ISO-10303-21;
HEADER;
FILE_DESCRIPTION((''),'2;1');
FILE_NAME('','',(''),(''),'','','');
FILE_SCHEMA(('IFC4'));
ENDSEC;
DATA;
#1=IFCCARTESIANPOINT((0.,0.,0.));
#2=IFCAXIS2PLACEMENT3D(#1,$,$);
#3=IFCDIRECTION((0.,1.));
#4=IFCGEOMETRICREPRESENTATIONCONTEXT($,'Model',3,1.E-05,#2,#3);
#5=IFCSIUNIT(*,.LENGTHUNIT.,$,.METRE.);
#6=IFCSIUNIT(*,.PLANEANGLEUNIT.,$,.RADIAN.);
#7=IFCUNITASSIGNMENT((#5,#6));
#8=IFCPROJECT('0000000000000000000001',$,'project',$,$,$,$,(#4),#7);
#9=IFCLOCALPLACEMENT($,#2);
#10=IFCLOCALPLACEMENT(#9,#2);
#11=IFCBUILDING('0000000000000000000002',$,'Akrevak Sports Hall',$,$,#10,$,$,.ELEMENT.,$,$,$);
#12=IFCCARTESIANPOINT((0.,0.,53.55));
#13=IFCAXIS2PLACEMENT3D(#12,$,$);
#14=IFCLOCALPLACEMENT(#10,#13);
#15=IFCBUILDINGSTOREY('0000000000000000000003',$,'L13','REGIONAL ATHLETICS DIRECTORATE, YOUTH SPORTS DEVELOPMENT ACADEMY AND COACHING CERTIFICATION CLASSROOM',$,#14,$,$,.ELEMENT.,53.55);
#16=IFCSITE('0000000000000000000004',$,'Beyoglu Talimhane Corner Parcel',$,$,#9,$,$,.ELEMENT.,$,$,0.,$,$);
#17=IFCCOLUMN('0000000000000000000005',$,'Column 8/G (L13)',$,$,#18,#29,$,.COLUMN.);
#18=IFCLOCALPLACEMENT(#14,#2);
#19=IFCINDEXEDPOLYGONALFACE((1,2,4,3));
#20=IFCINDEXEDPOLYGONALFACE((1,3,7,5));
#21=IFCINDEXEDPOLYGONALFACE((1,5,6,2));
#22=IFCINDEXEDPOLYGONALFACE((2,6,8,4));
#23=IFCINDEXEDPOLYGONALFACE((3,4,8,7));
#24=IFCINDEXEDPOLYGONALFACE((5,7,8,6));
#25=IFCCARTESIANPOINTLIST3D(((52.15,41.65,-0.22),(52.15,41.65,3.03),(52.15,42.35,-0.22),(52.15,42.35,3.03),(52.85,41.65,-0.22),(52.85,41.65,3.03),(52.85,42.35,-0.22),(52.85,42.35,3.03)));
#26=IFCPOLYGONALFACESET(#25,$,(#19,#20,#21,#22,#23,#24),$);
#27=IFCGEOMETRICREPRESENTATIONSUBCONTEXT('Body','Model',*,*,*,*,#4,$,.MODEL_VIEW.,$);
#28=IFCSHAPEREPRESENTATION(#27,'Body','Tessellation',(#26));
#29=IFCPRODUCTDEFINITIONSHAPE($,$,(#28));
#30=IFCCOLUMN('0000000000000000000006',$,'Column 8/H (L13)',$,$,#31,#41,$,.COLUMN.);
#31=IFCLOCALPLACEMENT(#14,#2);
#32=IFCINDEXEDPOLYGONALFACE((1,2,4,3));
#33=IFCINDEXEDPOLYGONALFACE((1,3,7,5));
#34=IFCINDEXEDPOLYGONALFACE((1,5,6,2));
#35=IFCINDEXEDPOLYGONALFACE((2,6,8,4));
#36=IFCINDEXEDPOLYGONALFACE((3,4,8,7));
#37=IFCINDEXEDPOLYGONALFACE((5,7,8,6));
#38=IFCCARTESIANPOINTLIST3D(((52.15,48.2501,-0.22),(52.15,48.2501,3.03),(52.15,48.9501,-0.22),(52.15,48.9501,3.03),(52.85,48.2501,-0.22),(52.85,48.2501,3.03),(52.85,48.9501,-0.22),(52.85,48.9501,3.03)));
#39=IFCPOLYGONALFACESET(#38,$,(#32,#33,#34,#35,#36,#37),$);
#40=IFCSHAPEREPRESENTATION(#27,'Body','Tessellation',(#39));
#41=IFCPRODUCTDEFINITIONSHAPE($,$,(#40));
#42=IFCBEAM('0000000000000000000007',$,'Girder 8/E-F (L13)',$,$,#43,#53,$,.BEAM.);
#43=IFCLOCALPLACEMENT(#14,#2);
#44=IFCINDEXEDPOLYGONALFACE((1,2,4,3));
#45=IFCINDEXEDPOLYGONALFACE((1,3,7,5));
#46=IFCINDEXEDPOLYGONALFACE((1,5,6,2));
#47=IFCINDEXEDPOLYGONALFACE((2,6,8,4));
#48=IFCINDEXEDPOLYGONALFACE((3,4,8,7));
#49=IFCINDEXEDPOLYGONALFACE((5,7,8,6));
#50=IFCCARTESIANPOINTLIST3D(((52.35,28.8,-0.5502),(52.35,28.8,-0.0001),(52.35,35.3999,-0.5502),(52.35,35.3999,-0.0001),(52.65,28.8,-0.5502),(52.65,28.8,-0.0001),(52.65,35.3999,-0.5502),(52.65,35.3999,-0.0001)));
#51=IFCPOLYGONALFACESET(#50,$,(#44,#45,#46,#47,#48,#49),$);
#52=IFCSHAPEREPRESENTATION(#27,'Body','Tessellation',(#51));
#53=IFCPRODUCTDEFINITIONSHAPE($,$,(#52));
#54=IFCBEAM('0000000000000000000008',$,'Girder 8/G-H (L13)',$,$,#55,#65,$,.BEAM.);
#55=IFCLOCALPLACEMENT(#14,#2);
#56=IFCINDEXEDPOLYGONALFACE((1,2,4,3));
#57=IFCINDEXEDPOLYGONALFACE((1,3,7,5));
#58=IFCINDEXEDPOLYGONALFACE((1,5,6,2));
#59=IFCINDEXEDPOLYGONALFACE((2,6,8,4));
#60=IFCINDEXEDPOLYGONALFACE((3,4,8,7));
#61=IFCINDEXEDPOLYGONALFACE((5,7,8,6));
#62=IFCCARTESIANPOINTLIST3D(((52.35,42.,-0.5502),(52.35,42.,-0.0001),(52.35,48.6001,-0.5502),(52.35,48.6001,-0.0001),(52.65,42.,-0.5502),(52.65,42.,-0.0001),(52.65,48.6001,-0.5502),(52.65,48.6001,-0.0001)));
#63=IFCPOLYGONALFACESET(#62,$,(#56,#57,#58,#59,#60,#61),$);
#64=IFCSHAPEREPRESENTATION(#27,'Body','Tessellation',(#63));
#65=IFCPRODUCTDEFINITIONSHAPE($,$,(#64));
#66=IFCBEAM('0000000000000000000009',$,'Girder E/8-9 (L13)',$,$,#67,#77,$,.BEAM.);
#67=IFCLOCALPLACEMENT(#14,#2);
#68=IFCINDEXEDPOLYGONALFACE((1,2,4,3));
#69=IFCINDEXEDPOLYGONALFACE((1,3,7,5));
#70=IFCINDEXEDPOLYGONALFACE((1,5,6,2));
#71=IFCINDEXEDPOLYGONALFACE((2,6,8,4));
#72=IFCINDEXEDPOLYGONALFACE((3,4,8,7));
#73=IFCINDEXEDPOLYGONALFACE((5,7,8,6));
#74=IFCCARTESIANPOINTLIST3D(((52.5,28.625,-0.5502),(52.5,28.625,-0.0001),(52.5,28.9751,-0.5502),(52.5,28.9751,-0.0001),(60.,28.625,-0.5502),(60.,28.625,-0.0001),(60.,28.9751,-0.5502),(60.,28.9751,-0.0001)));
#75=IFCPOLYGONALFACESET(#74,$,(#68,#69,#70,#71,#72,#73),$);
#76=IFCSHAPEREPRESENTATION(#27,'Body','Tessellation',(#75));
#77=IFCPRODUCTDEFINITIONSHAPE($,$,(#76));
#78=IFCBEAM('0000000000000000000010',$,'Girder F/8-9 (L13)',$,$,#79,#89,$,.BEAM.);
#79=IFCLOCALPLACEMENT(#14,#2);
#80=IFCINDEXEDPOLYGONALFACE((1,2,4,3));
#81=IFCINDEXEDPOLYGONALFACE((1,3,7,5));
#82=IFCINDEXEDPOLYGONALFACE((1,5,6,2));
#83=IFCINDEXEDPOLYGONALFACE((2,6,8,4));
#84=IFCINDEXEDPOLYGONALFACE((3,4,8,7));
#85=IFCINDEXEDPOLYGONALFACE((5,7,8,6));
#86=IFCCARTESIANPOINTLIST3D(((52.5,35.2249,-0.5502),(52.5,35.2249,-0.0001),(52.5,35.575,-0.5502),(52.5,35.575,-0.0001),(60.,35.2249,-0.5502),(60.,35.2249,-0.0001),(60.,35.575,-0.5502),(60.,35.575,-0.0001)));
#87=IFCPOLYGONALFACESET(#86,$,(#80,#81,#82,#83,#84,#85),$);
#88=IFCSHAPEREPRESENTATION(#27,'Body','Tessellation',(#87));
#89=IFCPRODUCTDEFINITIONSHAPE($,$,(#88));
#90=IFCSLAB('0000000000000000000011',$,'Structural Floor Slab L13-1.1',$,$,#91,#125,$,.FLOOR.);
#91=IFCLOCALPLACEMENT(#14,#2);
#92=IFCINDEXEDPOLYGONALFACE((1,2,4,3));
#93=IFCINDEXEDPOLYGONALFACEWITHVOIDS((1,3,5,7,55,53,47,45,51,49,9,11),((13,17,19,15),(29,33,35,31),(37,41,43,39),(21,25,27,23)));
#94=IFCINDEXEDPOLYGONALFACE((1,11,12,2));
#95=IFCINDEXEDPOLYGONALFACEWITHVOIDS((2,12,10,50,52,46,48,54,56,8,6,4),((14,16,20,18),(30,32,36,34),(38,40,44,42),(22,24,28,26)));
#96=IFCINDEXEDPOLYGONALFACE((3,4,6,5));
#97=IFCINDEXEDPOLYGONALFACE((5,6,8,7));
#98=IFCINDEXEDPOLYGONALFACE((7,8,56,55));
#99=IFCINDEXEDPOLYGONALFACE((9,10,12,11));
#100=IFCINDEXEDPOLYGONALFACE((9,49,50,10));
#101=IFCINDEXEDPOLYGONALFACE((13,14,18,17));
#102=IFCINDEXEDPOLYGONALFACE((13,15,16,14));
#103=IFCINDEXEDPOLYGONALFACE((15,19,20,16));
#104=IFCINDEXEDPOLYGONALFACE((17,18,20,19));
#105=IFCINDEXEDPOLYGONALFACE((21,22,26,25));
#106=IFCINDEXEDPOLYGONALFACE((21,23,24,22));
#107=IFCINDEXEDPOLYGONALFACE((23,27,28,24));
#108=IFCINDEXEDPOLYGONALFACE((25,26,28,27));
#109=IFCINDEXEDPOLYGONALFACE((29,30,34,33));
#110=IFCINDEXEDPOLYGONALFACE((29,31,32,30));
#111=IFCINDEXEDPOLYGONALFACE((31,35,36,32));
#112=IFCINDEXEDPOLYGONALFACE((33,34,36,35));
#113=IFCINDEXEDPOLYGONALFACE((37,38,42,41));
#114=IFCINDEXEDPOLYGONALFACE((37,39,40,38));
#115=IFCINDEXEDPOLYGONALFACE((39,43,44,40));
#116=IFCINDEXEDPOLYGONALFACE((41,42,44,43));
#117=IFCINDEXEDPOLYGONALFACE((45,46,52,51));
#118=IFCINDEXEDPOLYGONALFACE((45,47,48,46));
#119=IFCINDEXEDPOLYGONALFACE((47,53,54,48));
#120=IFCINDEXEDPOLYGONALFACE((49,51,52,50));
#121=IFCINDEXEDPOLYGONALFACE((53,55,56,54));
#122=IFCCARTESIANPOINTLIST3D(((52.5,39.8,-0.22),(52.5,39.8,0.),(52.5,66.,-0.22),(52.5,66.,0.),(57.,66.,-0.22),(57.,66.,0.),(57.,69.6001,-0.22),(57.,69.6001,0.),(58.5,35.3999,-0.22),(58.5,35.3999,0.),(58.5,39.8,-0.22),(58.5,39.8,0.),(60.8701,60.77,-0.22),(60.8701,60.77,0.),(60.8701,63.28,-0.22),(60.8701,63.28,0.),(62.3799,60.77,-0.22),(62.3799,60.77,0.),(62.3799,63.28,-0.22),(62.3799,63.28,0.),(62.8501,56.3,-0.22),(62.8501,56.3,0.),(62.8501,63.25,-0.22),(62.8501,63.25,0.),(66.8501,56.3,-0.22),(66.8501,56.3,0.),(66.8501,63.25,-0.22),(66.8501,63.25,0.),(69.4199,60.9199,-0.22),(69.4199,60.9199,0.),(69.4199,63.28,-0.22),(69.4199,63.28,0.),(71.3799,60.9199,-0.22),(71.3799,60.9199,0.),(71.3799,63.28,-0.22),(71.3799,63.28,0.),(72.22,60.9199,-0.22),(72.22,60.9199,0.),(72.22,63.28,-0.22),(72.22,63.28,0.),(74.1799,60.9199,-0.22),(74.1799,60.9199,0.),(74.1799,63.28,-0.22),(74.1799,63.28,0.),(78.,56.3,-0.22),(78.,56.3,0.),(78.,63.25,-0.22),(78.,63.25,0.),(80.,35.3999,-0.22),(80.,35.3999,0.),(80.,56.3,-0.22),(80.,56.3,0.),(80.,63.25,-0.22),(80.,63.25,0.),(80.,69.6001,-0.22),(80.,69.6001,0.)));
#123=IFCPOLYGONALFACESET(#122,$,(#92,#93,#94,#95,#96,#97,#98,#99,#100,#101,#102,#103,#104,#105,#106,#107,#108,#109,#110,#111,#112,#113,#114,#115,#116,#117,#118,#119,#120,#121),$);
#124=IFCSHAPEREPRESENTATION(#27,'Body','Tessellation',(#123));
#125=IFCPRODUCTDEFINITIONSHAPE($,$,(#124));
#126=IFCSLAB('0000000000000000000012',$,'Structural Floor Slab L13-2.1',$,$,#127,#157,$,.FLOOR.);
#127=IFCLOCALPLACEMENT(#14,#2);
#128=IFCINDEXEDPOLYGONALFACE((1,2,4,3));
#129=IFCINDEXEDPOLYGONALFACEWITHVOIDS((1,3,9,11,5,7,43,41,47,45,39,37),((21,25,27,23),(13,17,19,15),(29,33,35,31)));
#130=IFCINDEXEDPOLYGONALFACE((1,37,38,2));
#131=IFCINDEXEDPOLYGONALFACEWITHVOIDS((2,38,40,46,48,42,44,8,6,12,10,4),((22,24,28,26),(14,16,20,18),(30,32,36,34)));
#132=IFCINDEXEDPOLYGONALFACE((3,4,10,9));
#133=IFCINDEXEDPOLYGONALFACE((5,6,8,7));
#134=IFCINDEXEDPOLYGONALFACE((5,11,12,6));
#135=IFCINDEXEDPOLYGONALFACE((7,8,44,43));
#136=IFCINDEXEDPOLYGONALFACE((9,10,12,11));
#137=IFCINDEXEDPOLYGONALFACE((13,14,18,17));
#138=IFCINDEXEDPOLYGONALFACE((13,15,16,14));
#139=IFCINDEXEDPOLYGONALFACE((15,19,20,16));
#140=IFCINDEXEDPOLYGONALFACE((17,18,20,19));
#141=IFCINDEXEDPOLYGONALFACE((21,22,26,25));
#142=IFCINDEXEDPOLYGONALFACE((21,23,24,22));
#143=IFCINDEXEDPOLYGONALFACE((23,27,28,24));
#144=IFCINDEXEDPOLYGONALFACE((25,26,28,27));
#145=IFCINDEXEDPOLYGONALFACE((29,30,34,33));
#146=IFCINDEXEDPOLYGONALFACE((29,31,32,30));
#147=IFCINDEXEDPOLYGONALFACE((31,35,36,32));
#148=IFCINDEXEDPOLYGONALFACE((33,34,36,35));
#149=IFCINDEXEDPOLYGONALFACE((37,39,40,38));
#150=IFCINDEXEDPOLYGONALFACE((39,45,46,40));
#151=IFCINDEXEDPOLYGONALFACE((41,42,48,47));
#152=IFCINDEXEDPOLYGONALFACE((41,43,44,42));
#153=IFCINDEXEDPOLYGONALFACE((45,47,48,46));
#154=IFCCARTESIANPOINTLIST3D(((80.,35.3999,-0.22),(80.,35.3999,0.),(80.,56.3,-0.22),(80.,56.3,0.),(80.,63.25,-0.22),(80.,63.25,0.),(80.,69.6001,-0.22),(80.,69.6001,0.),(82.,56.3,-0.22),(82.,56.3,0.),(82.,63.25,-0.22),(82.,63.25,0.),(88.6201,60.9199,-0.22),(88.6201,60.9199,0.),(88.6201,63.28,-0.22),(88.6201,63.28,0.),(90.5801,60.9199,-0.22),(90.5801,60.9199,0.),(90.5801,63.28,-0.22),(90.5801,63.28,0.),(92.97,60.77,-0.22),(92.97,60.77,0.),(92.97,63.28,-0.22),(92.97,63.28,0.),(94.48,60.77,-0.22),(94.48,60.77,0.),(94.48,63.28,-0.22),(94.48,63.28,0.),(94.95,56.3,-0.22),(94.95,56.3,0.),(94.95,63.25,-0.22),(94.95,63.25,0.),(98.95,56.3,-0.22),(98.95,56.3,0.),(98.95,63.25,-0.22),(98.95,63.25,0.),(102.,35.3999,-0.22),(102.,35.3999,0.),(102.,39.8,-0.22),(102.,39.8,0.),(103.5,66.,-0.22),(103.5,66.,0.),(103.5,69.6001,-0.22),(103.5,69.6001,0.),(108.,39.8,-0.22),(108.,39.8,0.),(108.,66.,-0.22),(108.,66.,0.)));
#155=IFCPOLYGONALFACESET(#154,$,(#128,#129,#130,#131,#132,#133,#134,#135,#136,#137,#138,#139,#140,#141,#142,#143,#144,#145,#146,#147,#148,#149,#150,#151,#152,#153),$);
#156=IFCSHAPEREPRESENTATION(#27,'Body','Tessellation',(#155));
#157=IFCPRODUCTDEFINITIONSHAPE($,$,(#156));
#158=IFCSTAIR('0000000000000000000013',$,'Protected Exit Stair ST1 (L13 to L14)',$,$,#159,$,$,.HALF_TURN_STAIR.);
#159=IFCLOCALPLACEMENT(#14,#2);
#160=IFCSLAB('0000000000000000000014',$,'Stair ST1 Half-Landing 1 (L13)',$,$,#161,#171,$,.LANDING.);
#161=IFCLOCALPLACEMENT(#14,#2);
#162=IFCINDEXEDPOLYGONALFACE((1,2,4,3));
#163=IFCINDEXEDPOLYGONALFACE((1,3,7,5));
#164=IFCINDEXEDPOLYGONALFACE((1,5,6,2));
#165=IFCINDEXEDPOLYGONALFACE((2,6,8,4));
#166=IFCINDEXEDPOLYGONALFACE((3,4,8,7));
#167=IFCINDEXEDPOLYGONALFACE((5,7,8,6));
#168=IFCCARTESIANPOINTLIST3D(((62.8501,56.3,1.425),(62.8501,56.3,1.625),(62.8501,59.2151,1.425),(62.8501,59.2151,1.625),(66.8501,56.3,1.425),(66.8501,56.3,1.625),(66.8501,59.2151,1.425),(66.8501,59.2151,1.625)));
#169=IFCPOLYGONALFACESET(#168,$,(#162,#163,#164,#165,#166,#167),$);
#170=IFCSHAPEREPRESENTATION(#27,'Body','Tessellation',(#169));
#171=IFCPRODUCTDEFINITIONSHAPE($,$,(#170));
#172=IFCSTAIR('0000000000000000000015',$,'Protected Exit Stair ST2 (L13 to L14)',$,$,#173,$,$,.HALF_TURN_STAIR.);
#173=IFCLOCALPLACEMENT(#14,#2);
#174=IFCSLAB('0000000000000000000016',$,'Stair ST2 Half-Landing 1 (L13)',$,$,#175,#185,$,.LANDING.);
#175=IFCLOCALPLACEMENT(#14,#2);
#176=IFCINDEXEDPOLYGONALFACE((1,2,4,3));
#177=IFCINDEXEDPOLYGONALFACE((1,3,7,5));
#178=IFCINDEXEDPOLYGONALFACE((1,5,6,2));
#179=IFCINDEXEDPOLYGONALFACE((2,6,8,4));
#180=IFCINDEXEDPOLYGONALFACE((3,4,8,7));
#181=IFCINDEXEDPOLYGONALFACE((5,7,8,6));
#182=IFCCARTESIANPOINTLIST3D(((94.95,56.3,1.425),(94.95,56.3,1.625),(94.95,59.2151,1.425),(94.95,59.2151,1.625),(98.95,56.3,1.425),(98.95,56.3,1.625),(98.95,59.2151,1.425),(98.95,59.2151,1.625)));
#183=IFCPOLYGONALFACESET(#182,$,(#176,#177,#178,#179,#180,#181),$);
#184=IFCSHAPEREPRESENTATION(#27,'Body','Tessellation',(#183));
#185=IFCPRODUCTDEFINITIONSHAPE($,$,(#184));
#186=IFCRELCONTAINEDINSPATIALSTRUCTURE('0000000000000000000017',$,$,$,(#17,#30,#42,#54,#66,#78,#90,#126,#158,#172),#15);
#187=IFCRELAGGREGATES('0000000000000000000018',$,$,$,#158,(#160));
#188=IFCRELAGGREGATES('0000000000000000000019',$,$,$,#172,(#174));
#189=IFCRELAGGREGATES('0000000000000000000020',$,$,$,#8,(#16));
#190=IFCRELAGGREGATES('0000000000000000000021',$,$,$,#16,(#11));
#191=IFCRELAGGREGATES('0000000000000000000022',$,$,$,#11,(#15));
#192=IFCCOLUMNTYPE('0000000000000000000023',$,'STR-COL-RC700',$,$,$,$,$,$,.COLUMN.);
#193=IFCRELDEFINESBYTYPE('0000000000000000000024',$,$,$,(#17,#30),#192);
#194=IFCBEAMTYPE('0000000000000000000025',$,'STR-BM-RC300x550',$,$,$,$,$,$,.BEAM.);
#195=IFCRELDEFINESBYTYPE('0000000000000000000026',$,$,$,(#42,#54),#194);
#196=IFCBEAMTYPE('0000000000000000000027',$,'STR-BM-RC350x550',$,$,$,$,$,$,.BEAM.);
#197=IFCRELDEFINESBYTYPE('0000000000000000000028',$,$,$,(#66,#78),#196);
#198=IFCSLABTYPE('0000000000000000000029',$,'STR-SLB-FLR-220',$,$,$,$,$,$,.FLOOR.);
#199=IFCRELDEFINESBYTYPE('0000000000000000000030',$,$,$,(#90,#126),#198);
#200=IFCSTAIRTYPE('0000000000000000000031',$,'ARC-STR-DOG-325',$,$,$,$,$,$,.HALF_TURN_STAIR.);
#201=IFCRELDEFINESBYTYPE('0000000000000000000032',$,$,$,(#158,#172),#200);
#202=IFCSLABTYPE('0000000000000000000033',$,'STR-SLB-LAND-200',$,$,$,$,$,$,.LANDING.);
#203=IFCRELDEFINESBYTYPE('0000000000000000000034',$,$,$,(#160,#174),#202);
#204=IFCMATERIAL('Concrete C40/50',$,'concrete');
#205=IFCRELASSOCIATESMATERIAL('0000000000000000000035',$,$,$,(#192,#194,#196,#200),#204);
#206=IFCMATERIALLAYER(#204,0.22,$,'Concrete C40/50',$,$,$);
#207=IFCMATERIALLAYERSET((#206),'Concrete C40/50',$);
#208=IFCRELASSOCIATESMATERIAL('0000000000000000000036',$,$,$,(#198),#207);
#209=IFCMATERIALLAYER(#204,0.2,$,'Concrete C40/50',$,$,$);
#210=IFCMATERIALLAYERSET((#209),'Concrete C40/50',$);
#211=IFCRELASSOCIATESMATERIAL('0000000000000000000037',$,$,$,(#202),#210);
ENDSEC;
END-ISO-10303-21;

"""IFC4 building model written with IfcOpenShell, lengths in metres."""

from ifc_helpers import new_model, si_unit, direction, frame, origin, origin_2d, place, context, subcontext, project, spatial, polyline, rectangle, outline, extrude, material, layer, layer_set, material_profile, profile_set, type_object, element, aggregate, save


model = new_model("IFC4")

# Units and contexts
model_context = context("Model", 3, precision=1e-05, world=origin(), true_north=direction((0.0, 1.0)))
body_context = subcontext(model_context, "Body", "Model", "MODEL_VIEW")
ifc_project = project(units=[si_unit("LENGTHUNIT", "METRE"), si_unit("PLANEANGLEUNIT", "RADIAN")], contexts=[model_context])

# Site, building, storey
site_placement = place(None, origin())
site = spatial("IfcSite", under=ifc_project, at=site_placement, Name="Beyoglu Talimhane Corner Parcel", CompositionType="ELEMENT", RefElevation=0.0)
building_placement = place(site_placement, origin())
building = spatial("IfcBuilding", under=site, at=building_placement, Name="Akrevak Sports Hall", CompositionType="ELEMENT")
storey_placement = place(building_placement, frame((0.0, 0.0, 53.55)))
storey = spatial("IfcBuildingStorey", under=building, at=storey_placement, Name="L13", Description="REGIONAL ATHLETICS DIRECTORATE, YOUTH SPORTS DEVELOPMENT ACADEMY AND COACHING CERTIFICATION CLASSROOM", CompositionType="ELEMENT", Elevation=53.55)

# Columns
ifc_material_1 = material(Name="Concrete C40/50", Category="concrete")
ifc_material_profile_1 = material_profile(ifc_material_1, rectangle(XDim=0.7, YDim=0.7, at=origin_2d()), Name="RC 700x700", Category="concrete")
ifc_profile_set_1 = profile_set([ifc_material_profile_1], Name="Concrete C40/50")
column_type = type_object("IfcColumnType", Name="STR-COL-RC700", PredefinedType="COLUMN", material=ifc_profile_set_1)
for number, where, z_axis, x_axis, name in (
    (1, (52.5, 42.0, -0.22), (0.0, 0.0, 1.0), (1.0, 0.0, 0.0), "Column 8/G (L13)"),
    (2, (52.5, 48.6001, -0.22), (0.0, 0.0, 1.0), (1.0, 0.0, 0.0), "Column 8/H (L13)"),
):
    element("IfcColumn", number, at=place(storey_placement, frame(where, z_axis=z_axis, x_axis=x_axis)), inside=storey, type_object=column_type, Name=name, PredefinedType="COLUMN", context=body_context, shape_type="SweptSolid", body=[
        extrude(rectangle(XDim=0.7, YDim=0.7, at=origin_2d()), origin(), (0.0, 0.0, 1.0), 3.25),
    ])

# Beams
ifc_material_profile_2 = material_profile(ifc_material_1, rectangle(XDim=0.3, YDim=0.55, at=origin_2d()), Name="BM 300x550", Category="concrete")
ifc_profile_set_2 = profile_set([ifc_material_profile_2], Name="Concrete C40/50")
beam_type_1 = type_object("IfcBeamType", Name="STR-BM-RC300x550", PredefinedType="BEAM", material=ifc_profile_set_2)
beam_1_placement = place(storey_placement, frame((52.5, 28.8, -0.2751), z_axis=(0.0, 1.0, 0.0), x_axis=(-1.0, 0.0, 0.0)))
element("IfcBeam", 3, at=beam_1_placement, inside=storey, type_object=beam_type_1, Name="Girder 8/E-F (L13)", PredefinedType="BEAM", context=body_context, shape_type="SweptSolid", body=[
    extrude(rectangle(XDim=0.3, YDim=0.55, at=origin_2d()), origin(), (0.0, 0.0, 1.0), 6.5999),
])
beam_2_placement = place(storey_placement, frame((52.5, 42.0, -0.2751), z_axis=(0.0, 1.0, 0.0), x_axis=(-1.0, 0.0, 0.0)))
element("IfcBeam", 4, at=beam_2_placement, inside=storey, type_object=beam_type_1, Name="Girder 8/G-H (L13)", PredefinedType="BEAM", context=body_context, shape_type="SweptSolid", body=[
    extrude(rectangle(XDim=0.3, YDim=0.55, at=origin_2d()), origin(), (0.0, 0.0, 1.0), 6.6001),
])
ifc_material_profile_3 = material_profile(ifc_material_1, rectangle(XDim=0.3501, YDim=0.55, at=origin_2d()), Name="BM 350x550", Category="concrete")
ifc_profile_set_3 = profile_set([ifc_material_profile_3], Name="Concrete C40/50")
beam_type_2 = type_object("IfcBeamType", Name="STR-BM-RC350x550", PredefinedType="BEAM", material=ifc_profile_set_3)
for number, where, z_axis, x_axis, name in (
    (5, (52.5, 28.8, -0.2751), (1.0, 0.0, 0.0), (0.0, 1.0, 0.0), "Girder E/8-9 (L13)"),
    (6, (52.5, 35.3999, -0.2751), (1.0, 0.0, 0.0), (0.0, 1.0, 0.0), "Girder F/8-9 (L13)"),
):
    element("IfcBeam", number, at=place(storey_placement, frame(where, z_axis=z_axis, x_axis=x_axis)), inside=storey, type_object=beam_type_2, Name=name, PredefinedType="BEAM", context=body_context, shape_type="SweptSolid", body=[
        extrude(rectangle(XDim=0.3501, YDim=0.55, at=origin_2d()), origin(), (0.0, 0.0, 1.0), 7.5),
    ])

# Slabs
ifc_layer_1 = layer(ifc_material_1, 0.22, Name="Concrete C40/50")
ifc_layer_set_1 = layer_set([ifc_layer_1], Name="Concrete C40/50")
slab_type_1 = type_object("IfcSlabType", Name="STR-SLB-FLR-220", PredefinedType="FLOOR", material=ifc_layer_set_1)
slab_1_placement = place(storey_placement, frame((0.0, 0.0, -0.22)))
element("IfcSlab", 7, at=slab_1_placement, inside=storey, type_object=slab_type_1, Name="Structural Floor Slab L13-1.1", PredefinedType="FLOOR", context=body_context, shape_type="SweptSolid", body=[
    extrude(outline(polyline([(58.5, 39.8), (58.5, 35.3999), (80.0, 35.3999), (80.0, 56.3), (78.0, 56.3), (78.0, 63.25), (80.0, 63.25), (80.0, 69.6001), (57.0, 69.6001), (57.0, 66.0), (52.5, 66.0), (52.5, 39.8), (58.5, 39.8)]), holes=[polyline([(62.8501, 63.25), (66.8501, 63.25), (66.8501, 56.3), (62.8501, 56.3), (62.8501, 63.25)]), polyline([(60.8701, 63.28), (62.3799, 63.28), (62.3799, 60.77), (60.8701, 60.77), (60.8701, 63.28)]), polyline([(69.4199, 63.28), (71.3799, 63.28), (71.3799, 60.9199), (69.4199, 60.9199), (69.4199, 63.28)]), polyline([(72.22, 63.28), (74.1799, 63.28), (74.1799, 60.9199), (72.22, 60.9199), (72.22, 63.28)])]), origin(), (0.0, 0.0, 1.0), 0.22),
])
slab_2_placement = place(storey_placement, frame((0.0, 0.0, -0.22)))
element("IfcSlab", 8, at=slab_2_placement, inside=storey, type_object=slab_type_1, Name="Structural Floor Slab L13-2.1", PredefinedType="FLOOR", context=body_context, shape_type="SweptSolid", body=[
    extrude(outline(polyline([(80.0, 69.6001), (80.0, 63.25), (82.0, 63.25), (82.0, 56.3), (80.0, 56.3), (80.0, 35.3999), (102.0, 35.3999), (102.0, 39.8), (108.0, 39.8), (108.0, 66.0), (103.5, 66.0), (103.5, 69.6001), (80.0, 69.6001)]), holes=[polyline([(94.95, 63.25), (98.95, 63.25), (98.95, 56.3), (94.95, 56.3), (94.95, 63.25)]), polyline([(92.97, 63.28), (94.48, 63.28), (94.48, 60.77), (92.97, 60.77), (92.97, 63.28)]), polyline([(88.6201, 63.28), (90.5801, 63.28), (90.5801, 60.9199), (88.6201, 60.9199), (88.6201, 63.28)])]), origin(), (0.0, 0.0, 1.0), 0.22),
])

# Stairs, slabs
stair_type = type_object("IfcStairType", Name="ARC-STR-DOG-325", PredefinedType="HALF_TURN_STAIR", material=ifc_material_1)
stair_1_placement = place(storey_placement, origin())
stair_1 = element("IfcStair", 9, at=stair_1_placement, inside=storey, type_object=stair_type, Name="Protected Exit Stair ST1 (L13 to L14)", PredefinedType="HALF_TURN_STAIR")
ifc_layer_2 = layer(ifc_material_1, 0.2, Name="Concrete C40/50")
ifc_layer_set_2 = layer_set([ifc_layer_2], Name="Concrete C40/50")
slab_type_2 = type_object("IfcSlabType", Name="STR-SLB-LAND-200", PredefinedType="LANDING", material=ifc_layer_set_2)
slab_3_placement = place(storey_placement, frame((0.0, 0.0, 1.425)))
slab_3 = element("IfcSlab", 10, at=slab_3_placement, type_object=slab_type_2, Name="Stair ST1 Half-Landing 1 (L13)", PredefinedType="LANDING", context=body_context, shape_type="SweptSolid", body=[
    extrude(outline(polyline([(62.8501, 56.3), (66.8501, 56.3), (66.8501, 59.2151), (62.8501, 59.2151), (62.8501, 56.3)])), origin(), (0.0, 0.0, 1.0), 0.2),
])
aggregate(stair_1, [slab_3])
stair_2_placement = place(storey_placement, origin())
stair_2 = element("IfcStair", 11, at=stair_2_placement, inside=storey, type_object=stair_type, Name="Protected Exit Stair ST2 (L13 to L14)", PredefinedType="HALF_TURN_STAIR")
slab_4_placement = place(storey_placement, frame((0.0, 0.0, 1.425)))
slab_4 = element("IfcSlab", 12, at=slab_4_placement, type_object=slab_type_2, Name="Stair ST2 Half-Landing 1 (L13)", PredefinedType="LANDING", context=body_context, shape_type="SweptSolid", body=[
    extrude(outline(polyline([(94.95, 56.3), (98.95, 56.3), (98.95, 59.2151), (94.95, 59.2151), (94.95, 56.3)])), origin(), (0.0, 0.0, 1.0), 0.2),
])
aggregate(stair_2, [slab_4])

save(model, "model.ifc")
